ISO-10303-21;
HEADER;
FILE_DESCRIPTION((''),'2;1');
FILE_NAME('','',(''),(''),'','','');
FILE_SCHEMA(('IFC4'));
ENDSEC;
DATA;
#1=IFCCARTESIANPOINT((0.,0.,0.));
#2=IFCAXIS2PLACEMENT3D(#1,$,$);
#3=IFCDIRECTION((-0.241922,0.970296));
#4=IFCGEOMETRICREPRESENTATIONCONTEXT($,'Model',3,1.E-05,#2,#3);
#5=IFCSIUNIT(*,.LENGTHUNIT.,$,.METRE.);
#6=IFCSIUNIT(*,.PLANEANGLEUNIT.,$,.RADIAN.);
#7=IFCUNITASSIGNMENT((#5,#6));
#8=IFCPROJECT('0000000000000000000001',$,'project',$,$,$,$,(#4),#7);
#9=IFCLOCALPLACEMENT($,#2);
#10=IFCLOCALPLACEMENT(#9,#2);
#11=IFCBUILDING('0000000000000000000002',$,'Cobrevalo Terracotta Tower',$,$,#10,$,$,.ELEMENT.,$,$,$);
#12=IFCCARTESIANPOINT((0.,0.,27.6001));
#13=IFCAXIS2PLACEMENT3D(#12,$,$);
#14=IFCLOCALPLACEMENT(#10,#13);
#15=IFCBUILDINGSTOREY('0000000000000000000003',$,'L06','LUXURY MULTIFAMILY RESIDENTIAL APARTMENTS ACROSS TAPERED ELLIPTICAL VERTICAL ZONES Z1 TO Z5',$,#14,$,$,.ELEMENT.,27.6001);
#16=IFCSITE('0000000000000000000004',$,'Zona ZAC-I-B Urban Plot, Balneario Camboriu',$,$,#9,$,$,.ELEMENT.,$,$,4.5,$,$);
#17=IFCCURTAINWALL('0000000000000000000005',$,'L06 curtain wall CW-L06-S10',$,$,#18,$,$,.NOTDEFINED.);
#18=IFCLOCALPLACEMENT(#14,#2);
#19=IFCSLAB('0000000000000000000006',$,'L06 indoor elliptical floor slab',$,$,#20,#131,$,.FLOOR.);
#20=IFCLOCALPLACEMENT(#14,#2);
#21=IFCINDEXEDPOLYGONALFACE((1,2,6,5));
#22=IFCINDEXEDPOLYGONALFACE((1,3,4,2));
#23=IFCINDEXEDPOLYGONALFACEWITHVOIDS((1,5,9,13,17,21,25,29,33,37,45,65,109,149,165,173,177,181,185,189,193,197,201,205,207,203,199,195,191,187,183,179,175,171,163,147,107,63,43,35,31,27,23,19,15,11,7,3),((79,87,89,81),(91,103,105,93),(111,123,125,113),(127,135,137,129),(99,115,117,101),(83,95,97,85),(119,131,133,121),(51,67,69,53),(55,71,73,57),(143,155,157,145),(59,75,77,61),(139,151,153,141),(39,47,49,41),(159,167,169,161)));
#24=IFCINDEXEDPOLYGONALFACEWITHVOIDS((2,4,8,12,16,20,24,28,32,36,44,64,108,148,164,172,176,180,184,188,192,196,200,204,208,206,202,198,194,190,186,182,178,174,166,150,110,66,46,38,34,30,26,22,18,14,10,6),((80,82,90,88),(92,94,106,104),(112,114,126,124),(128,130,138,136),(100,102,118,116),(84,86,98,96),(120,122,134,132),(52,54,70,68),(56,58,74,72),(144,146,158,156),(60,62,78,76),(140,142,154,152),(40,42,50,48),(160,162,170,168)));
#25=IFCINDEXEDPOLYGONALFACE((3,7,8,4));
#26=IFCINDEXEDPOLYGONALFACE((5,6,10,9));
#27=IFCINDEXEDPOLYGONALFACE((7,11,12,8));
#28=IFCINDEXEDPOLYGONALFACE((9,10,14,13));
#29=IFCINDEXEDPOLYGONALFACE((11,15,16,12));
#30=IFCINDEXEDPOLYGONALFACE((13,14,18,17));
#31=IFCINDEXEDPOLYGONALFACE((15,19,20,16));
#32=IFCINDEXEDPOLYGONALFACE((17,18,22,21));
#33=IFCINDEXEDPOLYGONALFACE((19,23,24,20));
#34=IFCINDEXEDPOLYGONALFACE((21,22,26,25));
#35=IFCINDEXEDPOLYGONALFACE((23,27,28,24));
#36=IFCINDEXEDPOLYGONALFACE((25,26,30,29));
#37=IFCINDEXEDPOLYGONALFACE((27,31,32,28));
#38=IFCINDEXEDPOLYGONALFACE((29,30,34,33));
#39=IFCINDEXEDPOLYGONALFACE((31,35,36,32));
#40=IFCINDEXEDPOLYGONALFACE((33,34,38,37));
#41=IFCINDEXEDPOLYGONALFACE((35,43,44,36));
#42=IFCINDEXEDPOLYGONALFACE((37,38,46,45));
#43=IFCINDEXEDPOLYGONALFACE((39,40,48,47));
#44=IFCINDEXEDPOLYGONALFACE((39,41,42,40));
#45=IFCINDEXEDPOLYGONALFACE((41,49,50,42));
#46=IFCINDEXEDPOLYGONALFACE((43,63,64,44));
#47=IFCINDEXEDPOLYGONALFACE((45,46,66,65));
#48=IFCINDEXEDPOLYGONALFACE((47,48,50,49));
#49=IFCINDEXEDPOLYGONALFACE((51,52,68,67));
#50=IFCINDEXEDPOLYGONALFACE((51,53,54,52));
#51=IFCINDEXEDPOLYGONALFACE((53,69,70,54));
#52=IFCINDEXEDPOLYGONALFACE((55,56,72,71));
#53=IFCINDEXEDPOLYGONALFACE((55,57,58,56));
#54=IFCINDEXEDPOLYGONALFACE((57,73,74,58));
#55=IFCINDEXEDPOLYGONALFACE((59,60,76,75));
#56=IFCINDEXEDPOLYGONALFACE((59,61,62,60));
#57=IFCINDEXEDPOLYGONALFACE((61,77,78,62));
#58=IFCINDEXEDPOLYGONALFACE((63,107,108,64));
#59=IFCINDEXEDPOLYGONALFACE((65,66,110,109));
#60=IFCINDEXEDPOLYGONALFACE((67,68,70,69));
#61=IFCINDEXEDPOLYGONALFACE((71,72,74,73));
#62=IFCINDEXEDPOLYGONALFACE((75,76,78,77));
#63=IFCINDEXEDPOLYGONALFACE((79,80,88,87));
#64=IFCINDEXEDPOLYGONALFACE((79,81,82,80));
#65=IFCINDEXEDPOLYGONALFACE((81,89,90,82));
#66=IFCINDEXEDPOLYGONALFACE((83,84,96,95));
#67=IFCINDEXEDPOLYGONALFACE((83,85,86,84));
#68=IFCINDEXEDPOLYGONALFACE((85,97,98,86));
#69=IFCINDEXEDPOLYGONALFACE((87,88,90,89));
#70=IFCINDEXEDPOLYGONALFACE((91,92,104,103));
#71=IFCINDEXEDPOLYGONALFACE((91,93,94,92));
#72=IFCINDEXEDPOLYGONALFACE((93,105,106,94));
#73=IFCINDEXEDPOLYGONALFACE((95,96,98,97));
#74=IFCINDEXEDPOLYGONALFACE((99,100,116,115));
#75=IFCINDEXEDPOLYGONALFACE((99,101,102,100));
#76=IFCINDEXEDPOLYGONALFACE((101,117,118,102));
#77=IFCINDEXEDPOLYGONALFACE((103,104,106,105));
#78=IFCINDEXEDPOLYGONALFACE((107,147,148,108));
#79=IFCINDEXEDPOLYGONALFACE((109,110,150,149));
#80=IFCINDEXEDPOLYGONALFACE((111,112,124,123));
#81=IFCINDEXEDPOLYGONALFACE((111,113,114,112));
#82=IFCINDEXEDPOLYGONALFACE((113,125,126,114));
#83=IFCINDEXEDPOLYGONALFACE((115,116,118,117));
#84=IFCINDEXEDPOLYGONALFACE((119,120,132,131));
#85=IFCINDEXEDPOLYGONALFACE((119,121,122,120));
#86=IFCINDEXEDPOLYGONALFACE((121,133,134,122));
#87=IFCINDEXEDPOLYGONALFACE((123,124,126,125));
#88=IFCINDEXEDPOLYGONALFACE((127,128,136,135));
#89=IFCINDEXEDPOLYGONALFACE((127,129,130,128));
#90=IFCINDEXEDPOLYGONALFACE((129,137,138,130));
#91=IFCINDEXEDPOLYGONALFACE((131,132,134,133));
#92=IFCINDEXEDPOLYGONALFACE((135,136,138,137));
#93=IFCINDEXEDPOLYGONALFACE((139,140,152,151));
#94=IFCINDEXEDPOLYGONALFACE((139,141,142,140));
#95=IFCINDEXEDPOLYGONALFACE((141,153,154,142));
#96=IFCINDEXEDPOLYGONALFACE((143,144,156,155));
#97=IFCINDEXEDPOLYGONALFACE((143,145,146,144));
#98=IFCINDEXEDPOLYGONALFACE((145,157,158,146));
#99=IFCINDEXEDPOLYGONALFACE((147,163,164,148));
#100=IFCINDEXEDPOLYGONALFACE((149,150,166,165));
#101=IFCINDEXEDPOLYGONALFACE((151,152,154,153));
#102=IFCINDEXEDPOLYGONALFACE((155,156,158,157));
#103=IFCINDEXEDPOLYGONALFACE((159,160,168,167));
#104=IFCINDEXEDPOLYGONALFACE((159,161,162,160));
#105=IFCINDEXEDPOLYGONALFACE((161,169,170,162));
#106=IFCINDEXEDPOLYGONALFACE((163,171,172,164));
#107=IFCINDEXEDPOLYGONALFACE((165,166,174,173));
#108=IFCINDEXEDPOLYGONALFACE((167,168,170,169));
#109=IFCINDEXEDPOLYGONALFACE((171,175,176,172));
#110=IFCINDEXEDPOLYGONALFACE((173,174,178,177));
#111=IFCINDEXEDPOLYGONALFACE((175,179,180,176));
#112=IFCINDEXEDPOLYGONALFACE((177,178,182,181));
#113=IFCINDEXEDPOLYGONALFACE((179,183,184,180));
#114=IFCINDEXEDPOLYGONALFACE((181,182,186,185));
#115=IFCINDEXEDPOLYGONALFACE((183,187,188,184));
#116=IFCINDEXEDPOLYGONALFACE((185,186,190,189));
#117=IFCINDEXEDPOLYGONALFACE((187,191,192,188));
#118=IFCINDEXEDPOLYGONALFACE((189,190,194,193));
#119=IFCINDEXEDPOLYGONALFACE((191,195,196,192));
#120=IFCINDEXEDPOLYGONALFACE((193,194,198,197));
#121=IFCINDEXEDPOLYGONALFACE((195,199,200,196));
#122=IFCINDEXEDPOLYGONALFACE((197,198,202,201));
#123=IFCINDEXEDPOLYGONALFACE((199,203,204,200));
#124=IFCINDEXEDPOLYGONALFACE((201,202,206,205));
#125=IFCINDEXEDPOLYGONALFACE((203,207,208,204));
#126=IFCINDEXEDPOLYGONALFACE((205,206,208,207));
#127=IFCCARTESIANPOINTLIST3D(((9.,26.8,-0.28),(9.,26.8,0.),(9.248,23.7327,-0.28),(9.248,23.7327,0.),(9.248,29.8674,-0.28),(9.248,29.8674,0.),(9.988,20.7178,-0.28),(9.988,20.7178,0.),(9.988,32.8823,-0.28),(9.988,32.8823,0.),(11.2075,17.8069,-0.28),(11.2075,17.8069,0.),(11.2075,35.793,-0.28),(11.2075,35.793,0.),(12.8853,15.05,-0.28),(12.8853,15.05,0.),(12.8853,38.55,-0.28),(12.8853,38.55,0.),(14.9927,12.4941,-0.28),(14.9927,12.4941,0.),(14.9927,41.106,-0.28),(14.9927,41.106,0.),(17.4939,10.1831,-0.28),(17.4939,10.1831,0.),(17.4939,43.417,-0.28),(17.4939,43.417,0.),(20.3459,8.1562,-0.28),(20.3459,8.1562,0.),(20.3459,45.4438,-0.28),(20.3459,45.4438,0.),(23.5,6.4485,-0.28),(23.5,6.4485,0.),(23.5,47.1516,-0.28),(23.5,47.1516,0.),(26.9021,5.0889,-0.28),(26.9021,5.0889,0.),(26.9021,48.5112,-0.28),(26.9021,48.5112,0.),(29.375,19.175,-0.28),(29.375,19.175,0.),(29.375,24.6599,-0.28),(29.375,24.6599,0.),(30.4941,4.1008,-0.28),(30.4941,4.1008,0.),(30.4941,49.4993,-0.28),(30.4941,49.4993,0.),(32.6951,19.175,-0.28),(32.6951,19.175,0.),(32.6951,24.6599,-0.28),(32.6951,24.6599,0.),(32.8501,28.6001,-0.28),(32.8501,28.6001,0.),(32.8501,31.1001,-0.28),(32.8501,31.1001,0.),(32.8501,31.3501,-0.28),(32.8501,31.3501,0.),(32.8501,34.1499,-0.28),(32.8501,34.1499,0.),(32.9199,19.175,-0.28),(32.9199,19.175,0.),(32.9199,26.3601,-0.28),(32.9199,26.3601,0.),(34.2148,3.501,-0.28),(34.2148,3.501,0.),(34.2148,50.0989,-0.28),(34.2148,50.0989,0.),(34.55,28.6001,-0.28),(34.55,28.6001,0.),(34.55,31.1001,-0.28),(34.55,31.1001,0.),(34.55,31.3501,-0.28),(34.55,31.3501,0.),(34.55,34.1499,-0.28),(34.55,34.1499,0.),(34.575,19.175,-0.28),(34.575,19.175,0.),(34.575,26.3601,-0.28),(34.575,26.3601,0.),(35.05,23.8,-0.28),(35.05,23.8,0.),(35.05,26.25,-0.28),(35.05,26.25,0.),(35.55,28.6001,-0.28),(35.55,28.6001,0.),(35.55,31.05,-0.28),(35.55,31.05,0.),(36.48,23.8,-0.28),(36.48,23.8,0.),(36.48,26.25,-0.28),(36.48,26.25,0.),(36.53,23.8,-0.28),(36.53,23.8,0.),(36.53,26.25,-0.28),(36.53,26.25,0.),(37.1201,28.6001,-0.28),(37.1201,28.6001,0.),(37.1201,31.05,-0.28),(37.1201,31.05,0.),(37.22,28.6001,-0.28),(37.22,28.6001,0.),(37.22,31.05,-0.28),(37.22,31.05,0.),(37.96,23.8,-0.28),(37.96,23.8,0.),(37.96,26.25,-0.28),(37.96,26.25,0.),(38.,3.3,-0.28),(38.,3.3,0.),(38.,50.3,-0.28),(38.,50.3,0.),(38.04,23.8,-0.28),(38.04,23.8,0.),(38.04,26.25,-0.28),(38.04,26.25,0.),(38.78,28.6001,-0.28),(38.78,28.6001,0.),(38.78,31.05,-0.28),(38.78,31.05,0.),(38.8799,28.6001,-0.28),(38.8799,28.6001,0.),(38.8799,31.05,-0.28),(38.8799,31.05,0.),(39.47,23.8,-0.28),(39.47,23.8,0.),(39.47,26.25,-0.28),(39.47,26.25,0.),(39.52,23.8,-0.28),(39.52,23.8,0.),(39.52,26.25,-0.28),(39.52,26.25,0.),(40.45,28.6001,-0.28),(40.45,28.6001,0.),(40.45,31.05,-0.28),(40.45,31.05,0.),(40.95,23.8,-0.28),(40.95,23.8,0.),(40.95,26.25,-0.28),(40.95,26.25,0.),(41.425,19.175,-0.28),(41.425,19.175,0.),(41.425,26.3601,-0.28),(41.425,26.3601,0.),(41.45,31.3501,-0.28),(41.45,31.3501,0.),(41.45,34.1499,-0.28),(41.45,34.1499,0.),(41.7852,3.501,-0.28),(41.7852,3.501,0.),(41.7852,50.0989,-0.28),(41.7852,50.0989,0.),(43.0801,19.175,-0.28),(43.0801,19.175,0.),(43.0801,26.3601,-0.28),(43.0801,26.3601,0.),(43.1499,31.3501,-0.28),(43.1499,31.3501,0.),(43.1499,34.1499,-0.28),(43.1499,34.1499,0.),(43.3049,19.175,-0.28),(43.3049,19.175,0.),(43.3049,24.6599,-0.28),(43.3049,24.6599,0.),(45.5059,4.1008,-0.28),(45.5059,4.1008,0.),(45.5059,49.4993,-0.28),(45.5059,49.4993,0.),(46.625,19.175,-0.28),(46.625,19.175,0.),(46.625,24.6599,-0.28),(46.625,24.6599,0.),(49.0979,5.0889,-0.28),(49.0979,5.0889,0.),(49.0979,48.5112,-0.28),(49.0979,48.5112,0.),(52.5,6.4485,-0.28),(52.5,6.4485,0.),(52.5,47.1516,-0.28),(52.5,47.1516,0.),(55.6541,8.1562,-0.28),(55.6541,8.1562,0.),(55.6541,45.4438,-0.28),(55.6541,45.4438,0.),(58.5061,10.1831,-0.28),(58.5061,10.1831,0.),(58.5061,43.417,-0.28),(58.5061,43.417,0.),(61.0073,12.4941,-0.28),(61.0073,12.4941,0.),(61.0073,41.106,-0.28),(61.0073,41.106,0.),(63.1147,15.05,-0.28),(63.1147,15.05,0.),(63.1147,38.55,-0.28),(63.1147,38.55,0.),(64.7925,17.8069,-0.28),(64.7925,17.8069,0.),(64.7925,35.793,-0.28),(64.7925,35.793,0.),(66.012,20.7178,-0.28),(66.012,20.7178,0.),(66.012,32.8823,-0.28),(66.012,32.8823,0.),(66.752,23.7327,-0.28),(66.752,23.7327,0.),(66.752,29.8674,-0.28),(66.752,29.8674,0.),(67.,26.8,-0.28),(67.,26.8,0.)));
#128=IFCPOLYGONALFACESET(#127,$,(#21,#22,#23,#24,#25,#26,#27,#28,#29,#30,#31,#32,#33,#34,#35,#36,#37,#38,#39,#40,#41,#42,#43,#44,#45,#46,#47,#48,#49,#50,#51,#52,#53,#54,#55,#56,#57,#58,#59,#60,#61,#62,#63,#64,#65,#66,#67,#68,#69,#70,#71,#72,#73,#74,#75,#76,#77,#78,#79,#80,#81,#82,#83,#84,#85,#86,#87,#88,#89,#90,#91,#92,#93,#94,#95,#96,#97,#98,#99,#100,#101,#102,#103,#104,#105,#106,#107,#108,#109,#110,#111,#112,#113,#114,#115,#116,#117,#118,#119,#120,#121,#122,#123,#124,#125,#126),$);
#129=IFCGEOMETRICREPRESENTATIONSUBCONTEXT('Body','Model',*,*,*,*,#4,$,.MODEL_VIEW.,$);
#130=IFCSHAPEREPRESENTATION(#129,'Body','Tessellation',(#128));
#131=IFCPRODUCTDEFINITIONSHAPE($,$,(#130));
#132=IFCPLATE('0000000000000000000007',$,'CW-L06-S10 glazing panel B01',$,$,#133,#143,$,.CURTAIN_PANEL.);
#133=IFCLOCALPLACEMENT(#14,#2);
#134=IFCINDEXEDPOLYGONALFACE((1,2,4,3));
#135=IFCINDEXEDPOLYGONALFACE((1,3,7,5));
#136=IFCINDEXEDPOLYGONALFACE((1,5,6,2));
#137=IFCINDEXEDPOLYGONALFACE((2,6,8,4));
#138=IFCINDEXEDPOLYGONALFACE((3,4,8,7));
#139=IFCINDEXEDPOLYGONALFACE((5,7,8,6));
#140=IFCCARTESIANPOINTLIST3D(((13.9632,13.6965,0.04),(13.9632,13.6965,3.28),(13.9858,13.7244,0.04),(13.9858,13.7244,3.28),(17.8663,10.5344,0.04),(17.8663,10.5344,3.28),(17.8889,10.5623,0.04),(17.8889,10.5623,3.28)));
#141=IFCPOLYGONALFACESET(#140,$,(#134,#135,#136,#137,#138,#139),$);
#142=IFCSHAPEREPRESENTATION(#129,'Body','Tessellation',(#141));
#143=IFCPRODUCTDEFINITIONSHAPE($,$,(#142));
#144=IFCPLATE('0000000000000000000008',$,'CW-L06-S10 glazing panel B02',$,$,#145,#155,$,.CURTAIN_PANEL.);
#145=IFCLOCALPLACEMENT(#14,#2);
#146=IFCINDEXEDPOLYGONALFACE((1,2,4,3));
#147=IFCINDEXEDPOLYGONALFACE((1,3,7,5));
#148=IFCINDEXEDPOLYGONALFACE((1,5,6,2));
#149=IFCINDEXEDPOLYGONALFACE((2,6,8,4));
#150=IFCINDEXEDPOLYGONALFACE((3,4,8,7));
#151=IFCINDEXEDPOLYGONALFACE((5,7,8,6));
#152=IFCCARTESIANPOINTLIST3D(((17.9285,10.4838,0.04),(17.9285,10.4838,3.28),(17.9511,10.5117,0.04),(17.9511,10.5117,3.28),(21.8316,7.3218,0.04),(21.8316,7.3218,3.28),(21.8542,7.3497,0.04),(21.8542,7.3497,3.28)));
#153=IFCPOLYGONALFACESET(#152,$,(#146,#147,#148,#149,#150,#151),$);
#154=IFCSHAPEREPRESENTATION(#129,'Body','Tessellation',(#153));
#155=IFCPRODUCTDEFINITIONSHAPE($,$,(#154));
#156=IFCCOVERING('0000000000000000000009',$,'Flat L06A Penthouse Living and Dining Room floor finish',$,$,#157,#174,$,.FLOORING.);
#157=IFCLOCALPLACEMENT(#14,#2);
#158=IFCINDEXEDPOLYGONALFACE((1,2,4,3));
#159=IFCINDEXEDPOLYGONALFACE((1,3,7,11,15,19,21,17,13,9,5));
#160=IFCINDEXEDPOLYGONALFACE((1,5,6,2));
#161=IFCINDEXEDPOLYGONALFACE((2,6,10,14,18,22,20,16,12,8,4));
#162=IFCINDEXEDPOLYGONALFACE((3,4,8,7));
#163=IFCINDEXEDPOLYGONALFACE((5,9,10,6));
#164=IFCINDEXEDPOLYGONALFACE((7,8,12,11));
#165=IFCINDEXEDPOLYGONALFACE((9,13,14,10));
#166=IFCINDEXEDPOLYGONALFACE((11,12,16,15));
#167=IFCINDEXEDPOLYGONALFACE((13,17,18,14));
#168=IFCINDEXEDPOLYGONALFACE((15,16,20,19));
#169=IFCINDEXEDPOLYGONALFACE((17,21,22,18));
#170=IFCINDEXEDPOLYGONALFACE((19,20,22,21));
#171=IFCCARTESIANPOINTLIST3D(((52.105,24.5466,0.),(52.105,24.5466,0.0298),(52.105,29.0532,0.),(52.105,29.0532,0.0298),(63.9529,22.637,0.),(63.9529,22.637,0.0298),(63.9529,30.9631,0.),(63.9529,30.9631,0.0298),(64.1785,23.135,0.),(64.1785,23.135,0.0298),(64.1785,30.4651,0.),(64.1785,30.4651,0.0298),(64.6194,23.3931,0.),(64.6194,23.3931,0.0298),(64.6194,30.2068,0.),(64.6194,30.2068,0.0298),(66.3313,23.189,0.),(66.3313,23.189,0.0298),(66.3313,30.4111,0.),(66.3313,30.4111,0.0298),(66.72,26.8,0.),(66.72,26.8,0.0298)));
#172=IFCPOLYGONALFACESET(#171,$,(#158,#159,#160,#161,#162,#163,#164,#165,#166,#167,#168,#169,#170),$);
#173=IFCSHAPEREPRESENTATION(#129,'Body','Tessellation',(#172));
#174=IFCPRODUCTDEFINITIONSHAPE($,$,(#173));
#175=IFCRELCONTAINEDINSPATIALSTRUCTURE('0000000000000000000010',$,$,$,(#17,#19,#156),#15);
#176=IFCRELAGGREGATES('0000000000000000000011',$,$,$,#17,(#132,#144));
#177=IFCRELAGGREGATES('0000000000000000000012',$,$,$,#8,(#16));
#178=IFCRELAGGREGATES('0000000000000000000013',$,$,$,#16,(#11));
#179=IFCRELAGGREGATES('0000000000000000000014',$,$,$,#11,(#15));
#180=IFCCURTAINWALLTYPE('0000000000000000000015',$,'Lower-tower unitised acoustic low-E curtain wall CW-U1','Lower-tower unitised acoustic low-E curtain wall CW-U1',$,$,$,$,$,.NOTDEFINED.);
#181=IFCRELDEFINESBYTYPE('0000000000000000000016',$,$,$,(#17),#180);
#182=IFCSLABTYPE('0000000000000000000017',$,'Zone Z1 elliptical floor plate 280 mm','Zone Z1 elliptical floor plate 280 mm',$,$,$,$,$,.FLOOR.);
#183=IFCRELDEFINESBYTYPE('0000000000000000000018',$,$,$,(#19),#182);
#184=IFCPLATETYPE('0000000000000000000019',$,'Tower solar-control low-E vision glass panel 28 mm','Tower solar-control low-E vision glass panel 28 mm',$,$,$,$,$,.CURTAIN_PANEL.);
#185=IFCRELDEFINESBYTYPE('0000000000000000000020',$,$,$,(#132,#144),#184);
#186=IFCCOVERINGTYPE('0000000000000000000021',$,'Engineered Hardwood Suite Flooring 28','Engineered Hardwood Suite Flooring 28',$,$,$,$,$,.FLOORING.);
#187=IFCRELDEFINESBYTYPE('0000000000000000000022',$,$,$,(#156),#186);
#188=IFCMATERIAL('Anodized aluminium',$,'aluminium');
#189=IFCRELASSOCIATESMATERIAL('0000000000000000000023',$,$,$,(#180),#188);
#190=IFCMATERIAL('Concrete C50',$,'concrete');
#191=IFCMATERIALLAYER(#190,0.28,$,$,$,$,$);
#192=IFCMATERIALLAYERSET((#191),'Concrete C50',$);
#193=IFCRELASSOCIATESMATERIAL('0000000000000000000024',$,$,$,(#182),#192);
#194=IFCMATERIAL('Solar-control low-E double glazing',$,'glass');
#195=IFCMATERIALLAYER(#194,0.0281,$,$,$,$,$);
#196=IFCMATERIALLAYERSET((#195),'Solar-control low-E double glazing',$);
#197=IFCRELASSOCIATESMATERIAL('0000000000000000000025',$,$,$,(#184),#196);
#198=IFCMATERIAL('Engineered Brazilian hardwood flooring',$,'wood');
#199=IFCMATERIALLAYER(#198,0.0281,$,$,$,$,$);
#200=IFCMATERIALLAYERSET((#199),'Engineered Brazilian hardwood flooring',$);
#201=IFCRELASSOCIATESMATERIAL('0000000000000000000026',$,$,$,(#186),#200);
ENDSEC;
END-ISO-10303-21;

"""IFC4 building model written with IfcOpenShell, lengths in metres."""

from ifc_helpers import new_model, si_unit, direction, frame, origin, origin_2d, place, context, subcontext, project, spatial, polyline, rectangle, outline, extrude, source, transform, mapped, material, layer, layer_set, type_object, element, aggregate, save


model = new_model("IFC4")

# Units and contexts
model_context = context("Model", 3, precision=1e-05, world=origin(), true_north=direction((-0.241922, 0.970296)))
body_context = subcontext(model_context, "Body", "Model", "MODEL_VIEW")
ifc_project = project(units=[si_unit("LENGTHUNIT", "METRE"), si_unit("PLANEANGLEUNIT", "RADIAN")], contexts=[model_context])

# Site, building, storey
site_placement = place(None, origin())
site = spatial("IfcSite", under=ifc_project, at=site_placement, Name="Zona ZAC-I-B Urban Plot, Balneario Camboriu", CompositionType="ELEMENT", RefElevation=4.5)
building_placement = place(site_placement, origin())
building = spatial("IfcBuilding", under=site, at=building_placement, Name="Cobrevalo Terracotta Tower", CompositionType="ELEMENT")
storey_placement = place(building_placement, frame((0.0, 0.0, 27.6001)))
storey = spatial("IfcBuildingStorey", under=building, at=storey_placement, Name="L06", Description="LUXURY MULTIFAMILY RESIDENTIAL APARTMENTS ACROSS TAPERED ELLIPTICAL VERTICAL ZONES Z1 TO Z5", CompositionType="ELEMENT", Elevation=27.6001)

# Curtain wall
ifc_material_1 = material(Name="Anodized aluminium", Category="aluminium")
curtain_wall_type = type_object("IfcCurtainWallType", Name="Lower-tower unitised acoustic low-E curtain wall CW-U1", Description="Lower-tower unitised acoustic low-E curtain wall CW-U1", PredefinedType="NOTDEFINED", material=ifc_material_1)
curtain_wall_1_placement = place(storey_placement, origin())
curtain_wall_1 = element("IfcCurtainWall", 1, at=curtain_wall_1_placement, inside=storey, type_object=curtain_wall_type, Name="L06 curtain wall CW-L06-S10", PredefinedType="NOTDEFINED")

# Shared definitions
ifc_material_2 = material(Name="Concrete C50", Category="concrete")

# Slab
ifc_layer_1 = layer(ifc_material_2, 0.28)
ifc_layer_set_1 = layer_set([ifc_layer_1], Name="Concrete C50")
slab_type_1 = type_object("IfcSlabType", Name="Zone Z1 elliptical floor plate 280 mm", Description="Zone Z1 elliptical floor plate 280 mm", PredefinedType="FLOOR", material=ifc_layer_set_1)
slab_1_placement = place(storey_placement, frame((0.0, 0.0, -0.28)))
element("IfcSlab", 2, at=slab_1_placement, inside=storey, type_object=slab_type_1, Name="L06 indoor elliptical floor slab", PredefinedType="FLOOR", context=body_context, shape_type="SweptSolid", body=[
    extrude(outline(polyline([(66.752, 23.7327), (66.012, 20.7178), (64.7925, 17.8069), (63.1147, 15.05), (61.0073, 12.4941), (58.5061, 10.1831), (55.6541, 8.1562), (52.5, 6.4485), (49.0979, 5.0889), (45.5059, 4.1008), (41.7852, 3.501), (38.0, 3.3), (34.2148, 3.501), (30.4941, 4.1008), (26.9021, 5.0889), (23.5, 6.4485), (20.3459, 8.1562), (17.4939, 10.1831), (14.9927, 12.4941), (12.8853, 15.05), (11.2075, 17.8069), (9.988, 20.7178), (9.248, 23.7327), (9.0, 26.8), (9.248, 29.8674), (9.988, 32.8823), (11.2075, 35.793), (12.8853, 38.55), (14.9927, 41.106), (17.4939, 43.417), (20.3459, 45.4438), (23.5, 47.1516), (26.9021, 48.5112), (30.4941, 49.4993), (34.2148, 50.0989), (38.0, 50.3), (41.7852, 50.0989), (45.5059, 49.4993), (49.0979, 48.5112), (52.5, 47.1516), (55.6541, 45.4438), (58.5061, 43.417), (61.0073, 41.106), (63.1147, 38.55), (64.7925, 35.793), (66.012, 32.8823), (66.752, 29.8674), (67.0, 26.8), (66.752, 23.7327)]), holes=[polyline([(32.6951, 19.175), (32.6951, 24.6599), (29.375, 24.6599), (29.375, 19.175), (32.6951, 19.175)]), polyline([(34.575, 19.175), (34.575, 26.3601), (32.9199, 26.3601), (32.9199, 19.175), (34.575, 19.175)]), polyline([(36.48, 23.8), (36.48, 26.25), (35.05, 26.25), (35.05, 23.8), (36.48, 23.8)]), polyline([(37.96, 23.8), (37.96, 26.25), (36.53, 26.25), (36.53, 23.8), (37.96, 23.8)]), polyline([(37.1201, 28.6001), (37.1201, 31.05), (35.55, 31.05), (35.55, 28.6001), (37.1201, 28.6001)]), polyline([(34.55, 28.6001), (34.55, 31.1001), (32.8501, 31.1001), (32.8501, 28.6001), (34.55, 28.6001)]), polyline([(34.55, 31.3501), (34.55, 34.1499), (32.8501, 34.1499), (32.8501, 31.3501), (34.55, 31.3501)]), polyline([(46.625, 19.175), (46.625, 24.6599), (43.3049, 24.6599), (43.3049, 19.175), (46.625, 19.175)]), polyline([(43.0801, 19.175), (43.0801, 26.3601), (41.425, 26.3601), (41.425, 19.175), (43.0801, 19.175)]), polyline([(39.47, 23.8), (39.47, 26.25), (38.04, 26.25), (38.04, 23.8), (39.47, 23.8)]), polyline([(40.95, 23.8), (40.95, 26.25), (39.52, 26.25), (39.52, 23.8), (40.95, 23.8)]), polyline([(38.78, 28.6001), (38.78, 31.05), (37.22, 31.05), (37.22, 28.6001), (38.78, 28.6001)]), polyline([(40.45, 28.6001), (40.45, 31.05), (38.8799, 31.05), (38.8799, 28.6001), (40.45, 28.6001)]), polyline([(43.1499, 31.3501), (43.1499, 34.1499), (41.45, 34.1499), (41.45, 31.3501), (43.1499, 31.3501)])]), origin(), (0.0, 0.0, 1.0), 0.28),
])

# Plates
ifc_material_3 = material(Name="Solar-control low-E double glazing", Category="glass")
ifc_layer_2 = layer(ifc_material_3, 0.0281)
ifc_layer_set_2 = layer_set([ifc_layer_2], Name="Solar-control low-E double glazing")
plate_type = type_object("IfcPlateType", Name="Tower solar-control low-E vision glass panel 28 mm", Description="Tower solar-control low-E vision glass panel 28 mm", PredefinedType="CURTAIN_PANEL", material=ifc_layer_set_2)
shared_shape_1 = source(origin(), body_context, "Body", "SweptSolid", [
    extrude(rectangle(XDim=5.0232, YDim=0.0359, at=origin_2d()), origin(), (0.0, 0.0, 1.0), 3.24),
])
plate_1_placement = place(storey_placement, frame((15.926, 12.1294, 0.04), z_axis=(0.0, 0.0, 1.0), x_axis=(0.777008, -0.629491, 0.0)))
plate_1 = element("IfcPlate", 3, at=plate_1_placement, type_object=plate_type, Name="CW-L06-S10 glazing panel B01", PredefinedType="CURTAIN_PANEL", context=body_context, shape_type="MappedRepresentation", body=[
    mapped(shared_shape_1, transform((0.0, 0.0, 0.0), scale=1.0)),
])
plate_2_placement = place(storey_placement, frame((19.8914, 8.9167, 0.04), z_axis=(0.0, 0.0, 1.0), x_axis=(0.777008, -0.629491, 0.0)))
plate_2 = element("IfcPlate", 4, at=plate_2_placement, type_object=plate_type, Name="CW-L06-S10 glazing panel B02", PredefinedType="CURTAIN_PANEL", context=body_context, shape_type="MappedRepresentation", body=[
    mapped(shared_shape_1, transform((0.0, 0.0, 0.0), scale=1.0)),
])
aggregate(curtain_wall_1, [plate_1, plate_2])

# Covering
ifc_material_4 = material(Name="Engineered Brazilian hardwood flooring", Category="wood")
ifc_layer_3 = layer(ifc_material_4, 0.0281)
ifc_layer_set_3 = layer_set([ifc_layer_3], Name="Engineered Brazilian hardwood flooring")
covering_type_1 = type_object("IfcCoveringType", Name="Engineered Hardwood Suite Flooring 28", Description="Engineered Hardwood Suite Flooring 28", PredefinedType="FLOORING", material=ifc_layer_set_3)
covering_1_placement = place(storey_placement, origin())
element("IfcCovering", 5, at=covering_1_placement, inside=storey, type_object=covering_type_1, Name="Flat L06A Penthouse Living and Dining Room floor finish", PredefinedType="FLOORING", context=body_context, shape_type="SweptSolid", body=[
    extrude(outline(polyline([(63.9529, 30.9631), (64.1785, 30.4651), (64.6194, 30.2068), (66.3313, 30.4111), (66.72, 26.8), (66.3313, 23.189), (64.6194, 23.3931), (64.1785, 23.135), (63.9529, 22.637), (52.105, 24.5466), (52.105, 29.0532), (63.9529, 30.9631)])), origin(), (0.0, 0.0, 1.0), 0.0298),
])

save(model, "model.ifc")
